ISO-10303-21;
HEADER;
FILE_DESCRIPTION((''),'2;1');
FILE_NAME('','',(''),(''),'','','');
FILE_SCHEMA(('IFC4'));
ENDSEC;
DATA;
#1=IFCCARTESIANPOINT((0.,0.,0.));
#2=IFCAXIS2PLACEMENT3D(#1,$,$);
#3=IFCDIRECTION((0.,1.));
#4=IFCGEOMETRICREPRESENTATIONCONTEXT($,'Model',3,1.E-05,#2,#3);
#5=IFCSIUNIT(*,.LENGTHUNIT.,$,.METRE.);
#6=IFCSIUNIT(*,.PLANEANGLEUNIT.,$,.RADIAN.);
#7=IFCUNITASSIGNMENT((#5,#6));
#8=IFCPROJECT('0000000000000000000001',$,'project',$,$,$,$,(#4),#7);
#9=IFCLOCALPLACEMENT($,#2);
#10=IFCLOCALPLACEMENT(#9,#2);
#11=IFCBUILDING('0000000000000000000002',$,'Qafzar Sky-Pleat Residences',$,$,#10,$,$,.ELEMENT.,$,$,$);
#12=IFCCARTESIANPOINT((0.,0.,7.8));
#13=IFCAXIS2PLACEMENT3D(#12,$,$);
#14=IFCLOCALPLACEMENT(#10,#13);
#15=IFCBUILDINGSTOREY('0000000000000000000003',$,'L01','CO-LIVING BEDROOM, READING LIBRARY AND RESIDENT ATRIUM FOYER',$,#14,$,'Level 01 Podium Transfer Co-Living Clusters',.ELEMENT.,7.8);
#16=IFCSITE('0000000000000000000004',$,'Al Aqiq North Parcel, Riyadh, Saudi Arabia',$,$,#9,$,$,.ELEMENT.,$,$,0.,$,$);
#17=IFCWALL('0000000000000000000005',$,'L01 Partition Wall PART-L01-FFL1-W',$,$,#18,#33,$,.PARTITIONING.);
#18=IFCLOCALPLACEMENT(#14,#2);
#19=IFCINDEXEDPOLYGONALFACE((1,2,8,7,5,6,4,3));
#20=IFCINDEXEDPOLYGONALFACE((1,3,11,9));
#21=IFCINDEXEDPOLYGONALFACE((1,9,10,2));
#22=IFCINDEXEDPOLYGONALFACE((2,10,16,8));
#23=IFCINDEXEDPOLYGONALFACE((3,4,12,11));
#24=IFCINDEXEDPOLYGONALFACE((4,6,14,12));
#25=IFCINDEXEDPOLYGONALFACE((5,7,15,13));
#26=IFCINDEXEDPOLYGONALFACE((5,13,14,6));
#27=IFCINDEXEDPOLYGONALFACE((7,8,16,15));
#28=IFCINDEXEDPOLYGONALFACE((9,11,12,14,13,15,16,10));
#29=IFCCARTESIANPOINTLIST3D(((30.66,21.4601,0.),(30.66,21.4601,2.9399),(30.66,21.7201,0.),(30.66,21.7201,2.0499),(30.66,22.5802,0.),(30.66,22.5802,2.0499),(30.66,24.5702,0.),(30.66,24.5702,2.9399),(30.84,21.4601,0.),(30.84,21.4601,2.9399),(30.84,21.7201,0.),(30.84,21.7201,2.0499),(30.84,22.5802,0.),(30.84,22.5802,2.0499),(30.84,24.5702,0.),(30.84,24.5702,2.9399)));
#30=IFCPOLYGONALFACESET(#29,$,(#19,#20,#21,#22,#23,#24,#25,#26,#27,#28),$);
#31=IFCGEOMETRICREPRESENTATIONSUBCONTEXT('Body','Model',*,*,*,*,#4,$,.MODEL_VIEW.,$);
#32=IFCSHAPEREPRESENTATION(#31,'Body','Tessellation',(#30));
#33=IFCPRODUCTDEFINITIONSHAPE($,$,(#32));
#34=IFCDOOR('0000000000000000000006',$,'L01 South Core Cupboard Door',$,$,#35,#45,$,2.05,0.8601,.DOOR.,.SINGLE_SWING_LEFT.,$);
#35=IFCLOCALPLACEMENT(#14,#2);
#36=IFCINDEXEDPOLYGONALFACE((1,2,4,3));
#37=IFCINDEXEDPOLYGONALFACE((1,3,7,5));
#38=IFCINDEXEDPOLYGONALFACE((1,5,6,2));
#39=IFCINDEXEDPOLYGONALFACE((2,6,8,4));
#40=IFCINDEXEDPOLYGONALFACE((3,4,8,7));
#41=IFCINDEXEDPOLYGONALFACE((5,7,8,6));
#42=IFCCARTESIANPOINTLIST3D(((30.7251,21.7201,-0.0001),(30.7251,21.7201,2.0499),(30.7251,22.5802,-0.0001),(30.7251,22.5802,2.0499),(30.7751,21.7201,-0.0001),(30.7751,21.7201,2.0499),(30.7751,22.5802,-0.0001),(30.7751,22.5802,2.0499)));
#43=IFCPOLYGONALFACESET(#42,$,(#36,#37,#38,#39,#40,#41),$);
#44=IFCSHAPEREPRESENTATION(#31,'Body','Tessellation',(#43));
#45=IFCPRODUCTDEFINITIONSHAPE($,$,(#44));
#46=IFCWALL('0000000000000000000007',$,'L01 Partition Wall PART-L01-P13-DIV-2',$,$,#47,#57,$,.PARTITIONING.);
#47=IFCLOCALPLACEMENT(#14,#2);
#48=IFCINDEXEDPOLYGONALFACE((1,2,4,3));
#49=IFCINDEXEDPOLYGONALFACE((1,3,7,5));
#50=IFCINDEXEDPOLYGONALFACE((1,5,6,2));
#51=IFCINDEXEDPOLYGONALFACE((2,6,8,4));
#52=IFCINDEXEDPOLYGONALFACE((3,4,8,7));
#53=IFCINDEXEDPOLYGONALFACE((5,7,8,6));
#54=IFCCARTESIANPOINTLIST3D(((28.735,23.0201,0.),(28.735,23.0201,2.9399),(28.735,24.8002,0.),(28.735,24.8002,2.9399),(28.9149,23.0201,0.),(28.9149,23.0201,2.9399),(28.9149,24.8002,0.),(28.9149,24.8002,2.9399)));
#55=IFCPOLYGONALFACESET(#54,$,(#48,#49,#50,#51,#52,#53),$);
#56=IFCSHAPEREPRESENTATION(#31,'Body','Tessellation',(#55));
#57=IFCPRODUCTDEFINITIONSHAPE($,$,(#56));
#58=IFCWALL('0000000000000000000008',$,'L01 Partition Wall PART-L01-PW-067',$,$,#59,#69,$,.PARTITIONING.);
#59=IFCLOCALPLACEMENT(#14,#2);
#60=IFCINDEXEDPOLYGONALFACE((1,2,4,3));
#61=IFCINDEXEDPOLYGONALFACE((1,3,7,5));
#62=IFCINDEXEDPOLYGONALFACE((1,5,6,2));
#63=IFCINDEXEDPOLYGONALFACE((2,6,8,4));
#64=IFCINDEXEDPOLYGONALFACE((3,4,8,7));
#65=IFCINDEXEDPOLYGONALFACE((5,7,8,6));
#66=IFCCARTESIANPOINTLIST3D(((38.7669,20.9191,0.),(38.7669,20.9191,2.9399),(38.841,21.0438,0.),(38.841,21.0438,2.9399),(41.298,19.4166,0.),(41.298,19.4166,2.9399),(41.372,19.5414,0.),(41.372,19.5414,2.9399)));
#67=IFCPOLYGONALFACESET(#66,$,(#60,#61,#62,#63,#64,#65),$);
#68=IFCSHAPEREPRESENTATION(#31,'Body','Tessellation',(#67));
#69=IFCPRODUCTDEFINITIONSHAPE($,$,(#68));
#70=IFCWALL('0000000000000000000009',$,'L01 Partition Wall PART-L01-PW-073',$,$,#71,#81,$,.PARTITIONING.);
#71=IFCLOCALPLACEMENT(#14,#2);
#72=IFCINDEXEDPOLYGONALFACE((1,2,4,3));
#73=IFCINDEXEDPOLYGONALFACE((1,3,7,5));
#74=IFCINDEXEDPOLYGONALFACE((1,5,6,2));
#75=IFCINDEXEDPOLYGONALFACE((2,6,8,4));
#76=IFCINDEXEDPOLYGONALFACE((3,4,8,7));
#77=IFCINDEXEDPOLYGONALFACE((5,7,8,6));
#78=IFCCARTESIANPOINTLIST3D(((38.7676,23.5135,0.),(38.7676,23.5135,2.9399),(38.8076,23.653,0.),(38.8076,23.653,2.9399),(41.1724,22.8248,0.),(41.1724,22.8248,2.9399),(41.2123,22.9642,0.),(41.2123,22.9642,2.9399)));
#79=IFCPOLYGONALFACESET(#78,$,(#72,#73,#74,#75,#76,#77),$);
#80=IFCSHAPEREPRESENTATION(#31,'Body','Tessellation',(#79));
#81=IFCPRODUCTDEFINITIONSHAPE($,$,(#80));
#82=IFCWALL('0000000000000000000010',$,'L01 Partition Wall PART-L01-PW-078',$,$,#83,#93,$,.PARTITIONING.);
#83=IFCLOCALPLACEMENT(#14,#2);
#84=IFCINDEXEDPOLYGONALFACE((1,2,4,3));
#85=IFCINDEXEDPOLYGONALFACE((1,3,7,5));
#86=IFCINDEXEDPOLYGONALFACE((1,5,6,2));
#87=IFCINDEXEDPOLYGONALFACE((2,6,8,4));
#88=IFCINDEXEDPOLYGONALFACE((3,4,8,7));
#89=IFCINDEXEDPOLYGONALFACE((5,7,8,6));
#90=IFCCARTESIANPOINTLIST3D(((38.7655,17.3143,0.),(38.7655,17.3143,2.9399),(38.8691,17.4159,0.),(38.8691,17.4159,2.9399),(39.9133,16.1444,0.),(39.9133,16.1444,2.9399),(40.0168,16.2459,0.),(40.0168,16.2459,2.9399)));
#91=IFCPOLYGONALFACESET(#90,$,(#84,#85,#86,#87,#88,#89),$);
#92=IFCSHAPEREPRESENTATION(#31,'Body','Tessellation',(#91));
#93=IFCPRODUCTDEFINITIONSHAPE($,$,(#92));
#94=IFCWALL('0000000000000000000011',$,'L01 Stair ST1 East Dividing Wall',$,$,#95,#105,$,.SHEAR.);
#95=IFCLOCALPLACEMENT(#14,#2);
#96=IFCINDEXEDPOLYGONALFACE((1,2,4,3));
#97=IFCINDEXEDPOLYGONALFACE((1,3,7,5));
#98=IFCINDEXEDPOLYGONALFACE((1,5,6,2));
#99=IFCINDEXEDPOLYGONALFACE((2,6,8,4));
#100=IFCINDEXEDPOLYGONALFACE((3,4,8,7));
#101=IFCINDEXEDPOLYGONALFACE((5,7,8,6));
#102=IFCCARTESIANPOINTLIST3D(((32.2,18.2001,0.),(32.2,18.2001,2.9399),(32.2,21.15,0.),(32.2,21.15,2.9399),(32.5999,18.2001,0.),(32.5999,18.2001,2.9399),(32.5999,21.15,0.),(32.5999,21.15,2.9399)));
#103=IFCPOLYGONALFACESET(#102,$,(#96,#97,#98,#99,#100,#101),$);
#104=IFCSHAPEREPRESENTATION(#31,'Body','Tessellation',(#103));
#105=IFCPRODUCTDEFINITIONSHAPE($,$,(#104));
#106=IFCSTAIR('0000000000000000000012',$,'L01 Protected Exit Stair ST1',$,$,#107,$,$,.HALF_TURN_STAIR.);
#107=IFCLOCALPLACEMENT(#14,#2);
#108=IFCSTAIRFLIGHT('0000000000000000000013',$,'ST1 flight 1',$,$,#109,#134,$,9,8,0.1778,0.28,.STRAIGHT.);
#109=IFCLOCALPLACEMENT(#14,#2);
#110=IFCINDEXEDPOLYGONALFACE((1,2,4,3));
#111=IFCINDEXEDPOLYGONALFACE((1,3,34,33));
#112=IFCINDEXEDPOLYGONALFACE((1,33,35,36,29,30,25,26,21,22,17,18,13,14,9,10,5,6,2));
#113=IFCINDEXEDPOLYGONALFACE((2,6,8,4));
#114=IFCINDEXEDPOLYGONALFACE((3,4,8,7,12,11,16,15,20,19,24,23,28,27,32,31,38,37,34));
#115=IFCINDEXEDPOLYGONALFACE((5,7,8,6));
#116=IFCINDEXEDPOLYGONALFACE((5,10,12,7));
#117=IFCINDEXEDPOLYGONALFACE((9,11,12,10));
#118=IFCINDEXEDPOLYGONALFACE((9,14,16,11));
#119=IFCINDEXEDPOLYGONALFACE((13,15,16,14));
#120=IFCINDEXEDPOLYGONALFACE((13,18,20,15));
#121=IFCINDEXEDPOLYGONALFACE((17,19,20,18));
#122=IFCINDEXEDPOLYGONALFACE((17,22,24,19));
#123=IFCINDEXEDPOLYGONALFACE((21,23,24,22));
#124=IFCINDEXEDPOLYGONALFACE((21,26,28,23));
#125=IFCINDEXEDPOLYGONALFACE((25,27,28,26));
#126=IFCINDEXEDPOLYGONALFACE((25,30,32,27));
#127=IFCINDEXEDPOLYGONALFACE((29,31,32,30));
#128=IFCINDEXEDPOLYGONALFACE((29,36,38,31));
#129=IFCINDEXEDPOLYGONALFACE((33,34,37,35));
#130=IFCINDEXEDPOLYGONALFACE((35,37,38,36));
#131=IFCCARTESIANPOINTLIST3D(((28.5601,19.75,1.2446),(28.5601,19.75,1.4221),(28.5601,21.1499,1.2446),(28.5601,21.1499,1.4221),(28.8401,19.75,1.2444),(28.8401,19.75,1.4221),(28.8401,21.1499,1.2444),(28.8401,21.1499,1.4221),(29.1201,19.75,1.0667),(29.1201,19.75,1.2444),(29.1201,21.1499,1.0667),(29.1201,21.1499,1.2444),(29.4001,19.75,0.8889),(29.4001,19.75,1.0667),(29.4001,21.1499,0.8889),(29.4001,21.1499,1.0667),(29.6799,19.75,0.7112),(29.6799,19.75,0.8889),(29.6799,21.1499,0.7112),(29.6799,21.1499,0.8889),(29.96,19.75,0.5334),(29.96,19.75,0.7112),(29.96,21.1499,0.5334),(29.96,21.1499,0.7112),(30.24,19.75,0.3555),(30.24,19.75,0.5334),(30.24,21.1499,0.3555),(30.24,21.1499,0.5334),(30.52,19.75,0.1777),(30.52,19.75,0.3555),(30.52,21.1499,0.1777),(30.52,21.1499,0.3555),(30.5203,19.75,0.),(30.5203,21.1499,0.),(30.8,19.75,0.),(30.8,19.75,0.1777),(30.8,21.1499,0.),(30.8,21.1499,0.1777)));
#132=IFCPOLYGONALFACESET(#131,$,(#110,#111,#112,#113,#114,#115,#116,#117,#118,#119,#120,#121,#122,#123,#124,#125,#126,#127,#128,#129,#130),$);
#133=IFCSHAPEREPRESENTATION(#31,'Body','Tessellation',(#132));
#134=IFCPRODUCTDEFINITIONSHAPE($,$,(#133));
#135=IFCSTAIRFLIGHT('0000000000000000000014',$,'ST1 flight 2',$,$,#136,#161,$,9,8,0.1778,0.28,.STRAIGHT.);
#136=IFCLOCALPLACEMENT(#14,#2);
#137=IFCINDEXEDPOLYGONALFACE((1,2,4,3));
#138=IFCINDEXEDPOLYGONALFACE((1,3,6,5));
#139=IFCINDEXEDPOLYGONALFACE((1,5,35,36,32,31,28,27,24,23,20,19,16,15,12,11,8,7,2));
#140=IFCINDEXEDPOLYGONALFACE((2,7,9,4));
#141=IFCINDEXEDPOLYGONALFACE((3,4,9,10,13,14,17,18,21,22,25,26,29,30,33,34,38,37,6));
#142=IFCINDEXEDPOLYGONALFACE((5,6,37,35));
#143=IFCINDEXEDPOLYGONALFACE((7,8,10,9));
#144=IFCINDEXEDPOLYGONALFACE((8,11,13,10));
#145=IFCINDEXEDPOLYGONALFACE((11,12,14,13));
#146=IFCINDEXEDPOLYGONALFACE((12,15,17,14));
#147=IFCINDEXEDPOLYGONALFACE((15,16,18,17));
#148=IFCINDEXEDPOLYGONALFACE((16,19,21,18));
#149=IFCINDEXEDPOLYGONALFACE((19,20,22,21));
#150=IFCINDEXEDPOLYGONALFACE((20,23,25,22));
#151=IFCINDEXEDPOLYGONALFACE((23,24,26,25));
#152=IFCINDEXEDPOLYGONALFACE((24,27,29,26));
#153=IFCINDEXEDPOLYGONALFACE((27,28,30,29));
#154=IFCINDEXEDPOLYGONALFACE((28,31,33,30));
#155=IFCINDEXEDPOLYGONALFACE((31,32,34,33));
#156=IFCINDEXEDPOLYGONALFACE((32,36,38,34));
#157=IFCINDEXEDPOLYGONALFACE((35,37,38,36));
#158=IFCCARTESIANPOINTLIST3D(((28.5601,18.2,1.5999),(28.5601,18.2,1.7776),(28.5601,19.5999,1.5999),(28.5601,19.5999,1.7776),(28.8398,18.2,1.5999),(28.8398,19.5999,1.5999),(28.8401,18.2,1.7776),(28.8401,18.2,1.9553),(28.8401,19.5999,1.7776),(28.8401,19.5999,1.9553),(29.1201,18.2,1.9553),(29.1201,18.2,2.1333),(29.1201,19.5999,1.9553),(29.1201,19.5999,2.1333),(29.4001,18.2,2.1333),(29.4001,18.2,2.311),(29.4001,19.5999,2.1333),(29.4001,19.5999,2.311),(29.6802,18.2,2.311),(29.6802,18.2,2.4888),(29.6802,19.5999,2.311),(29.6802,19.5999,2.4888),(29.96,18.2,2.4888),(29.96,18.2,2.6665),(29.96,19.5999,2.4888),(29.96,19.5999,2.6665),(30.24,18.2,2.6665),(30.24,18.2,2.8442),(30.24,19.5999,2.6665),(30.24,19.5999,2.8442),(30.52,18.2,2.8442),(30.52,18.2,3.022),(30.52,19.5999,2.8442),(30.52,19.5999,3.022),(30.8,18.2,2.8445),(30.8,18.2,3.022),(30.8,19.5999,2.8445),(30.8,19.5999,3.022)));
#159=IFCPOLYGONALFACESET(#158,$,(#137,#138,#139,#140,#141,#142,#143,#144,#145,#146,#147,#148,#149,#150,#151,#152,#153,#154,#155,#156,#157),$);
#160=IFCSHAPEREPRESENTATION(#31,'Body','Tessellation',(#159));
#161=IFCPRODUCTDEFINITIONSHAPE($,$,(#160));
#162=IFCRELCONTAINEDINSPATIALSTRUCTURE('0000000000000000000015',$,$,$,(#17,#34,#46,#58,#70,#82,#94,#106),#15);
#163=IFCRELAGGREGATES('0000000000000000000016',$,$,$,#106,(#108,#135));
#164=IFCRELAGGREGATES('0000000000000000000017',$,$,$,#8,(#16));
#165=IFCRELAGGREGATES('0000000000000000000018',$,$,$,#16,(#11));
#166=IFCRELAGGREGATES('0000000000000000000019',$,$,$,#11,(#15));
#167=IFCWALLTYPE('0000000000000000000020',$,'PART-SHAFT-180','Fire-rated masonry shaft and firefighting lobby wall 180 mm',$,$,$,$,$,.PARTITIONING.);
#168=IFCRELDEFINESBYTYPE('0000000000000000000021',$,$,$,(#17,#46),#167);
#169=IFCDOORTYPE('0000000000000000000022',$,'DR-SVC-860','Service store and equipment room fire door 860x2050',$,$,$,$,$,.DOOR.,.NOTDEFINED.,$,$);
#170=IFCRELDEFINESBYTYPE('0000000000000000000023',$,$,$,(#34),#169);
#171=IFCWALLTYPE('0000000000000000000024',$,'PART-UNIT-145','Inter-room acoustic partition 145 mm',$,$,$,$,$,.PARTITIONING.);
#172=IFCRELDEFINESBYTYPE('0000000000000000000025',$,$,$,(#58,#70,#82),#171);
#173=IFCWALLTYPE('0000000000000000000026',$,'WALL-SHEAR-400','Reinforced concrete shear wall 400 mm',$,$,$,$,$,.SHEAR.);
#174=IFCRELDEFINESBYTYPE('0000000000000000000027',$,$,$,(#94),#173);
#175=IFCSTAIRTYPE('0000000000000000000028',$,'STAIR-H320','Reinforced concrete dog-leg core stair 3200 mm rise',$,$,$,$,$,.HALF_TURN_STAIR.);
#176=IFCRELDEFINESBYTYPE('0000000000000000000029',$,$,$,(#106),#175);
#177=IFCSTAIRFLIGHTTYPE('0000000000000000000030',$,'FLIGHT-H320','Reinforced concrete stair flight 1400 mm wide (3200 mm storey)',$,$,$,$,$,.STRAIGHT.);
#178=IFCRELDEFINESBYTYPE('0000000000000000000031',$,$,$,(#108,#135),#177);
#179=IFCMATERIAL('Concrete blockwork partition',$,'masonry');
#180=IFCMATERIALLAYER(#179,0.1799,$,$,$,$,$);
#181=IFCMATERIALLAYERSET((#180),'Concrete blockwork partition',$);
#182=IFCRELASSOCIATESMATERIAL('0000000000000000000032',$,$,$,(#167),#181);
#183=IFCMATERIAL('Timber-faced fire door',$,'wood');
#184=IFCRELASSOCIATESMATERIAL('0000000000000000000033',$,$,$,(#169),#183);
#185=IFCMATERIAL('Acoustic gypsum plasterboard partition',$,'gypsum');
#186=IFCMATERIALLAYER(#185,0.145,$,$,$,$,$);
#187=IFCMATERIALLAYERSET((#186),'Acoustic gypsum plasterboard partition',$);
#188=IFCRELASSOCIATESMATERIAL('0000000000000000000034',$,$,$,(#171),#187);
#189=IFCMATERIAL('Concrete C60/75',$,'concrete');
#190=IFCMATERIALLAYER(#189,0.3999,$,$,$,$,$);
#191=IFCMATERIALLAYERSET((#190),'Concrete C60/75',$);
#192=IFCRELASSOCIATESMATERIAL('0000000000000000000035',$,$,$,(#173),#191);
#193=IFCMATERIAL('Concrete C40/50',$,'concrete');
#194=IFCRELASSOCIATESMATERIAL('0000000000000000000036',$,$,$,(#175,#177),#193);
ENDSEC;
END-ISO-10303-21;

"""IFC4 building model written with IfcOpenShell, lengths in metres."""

from ifc_helpers import new_model, si_unit, direction, frame, frame_2d, origin, place, context, subcontext, project, spatial, polyline, rectangle, outline, extrude, source, transform, mapped, material, layer, layer_set, type_object, element, fill, aggregate, save


model = new_model("IFC4")

# Units and contexts
model_context = context("Model", 3, precision=1e-05, world=origin(), true_north=direction((0.0, 1.0)))
body_context = subcontext(model_context, "Body", "Model", "MODEL_VIEW")
ifc_project = project(units=[si_unit("LENGTHUNIT", "METRE"), si_unit("PLANEANGLEUNIT", "RADIAN")], contexts=[model_context])

# Site, building, storey
site_placement = place(None, origin())
site = spatial("IfcSite", under=ifc_project, at=site_placement, Name="Al Aqiq North Parcel, Riyadh, Saudi Arabia", CompositionType="ELEMENT", RefElevation=0.0)
building_placement = place(site_placement, origin())
building = spatial("IfcBuilding", under=site, at=building_placement, Name="Qafzar Sky-Pleat Residences", CompositionType="ELEMENT")
storey_placement = place(building_placement, frame((0.0, 0.0, 7.8)))
storey = spatial("IfcBuildingStorey", under=building, at=storey_placement, Name="L01", Description="CO-LIVING BEDROOM, READING LIBRARY AND RESIDENT ATRIUM FOYER", LongName="Level 01 Podium Transfer Co-Living Clusters", CompositionType="ELEMENT", Elevation=7.8)

# Wall, opening, door
ifc_material_1 = material(Name="Acoustic gypsum plasterboard partition", Category="gypsum")
ifc_material_2 = material(Name="Timber-faced fire door", Category="wood")
ifc_material_3 = material(Name="Concrete blockwork partition", Category="masonry")
ifc_layer_1 = layer(ifc_material_3, 0.1799)
ifc_layer_set_1 = layer_set([ifc_layer_1], Name="Concrete blockwork partition")
wall_type_1 = type_object("IfcWallType", Name="PART-SHAFT-180", Description="Fire-rated masonry shaft and firefighting lobby wall 180 mm", PredefinedType="PARTITIONING", material=ifc_layer_set_1)
wall_1_placement = place(storey_placement, frame((30.75, 21.46, 0.0), z_axis=(0.0, 0.0, 1.0), x_axis=(0.0, 1.0, 0.0)))
wall_1 = element("IfcWall", 1, at=wall_1_placement, inside=storey, type_object=wall_type_1, Name="L01 Partition Wall PART-L01-FFL1-W", PredefinedType="PARTITIONING", context=body_context, shape_type="SweptSolid", body=[
    extrude(rectangle(XDim=3.1101, YDim=0.1799, at=frame_2d((1.5552, 0.0))), origin(), (0.0, 0.0, 1.0), 2.9399),
])
opening_1_placement = place(wall_1_placement, frame((0.26, 0.0, 0.0)))
opening_1 = element("IfcOpeningElement", 2, at=opening_1_placement, cuts=wall_1, PredefinedType="OPENING", context=body_context, shape_type="SweptSolid", body=[
    extrude(rectangle(XDim=0.8601, YDim=2.05, at=frame_2d((0.4302, 1.0249))), frame((0.0, 0.1001, 0.0), z_axis=(0.0, -1.0, 0.0), x_axis=(1.0, 0.0, 0.0)), (0.0, 0.0, 1.0), 0.2),
])
door_type_1 = type_object("IfcDoorType", Name="DR-SVC-860", Description="Service store and equipment room fire door 860x2050", OperationType="NOTDEFINED", PredefinedType="DOOR", material=ifc_material_2)
shared_shape_1 = source(origin(), body_context, "Body", "SweptSolid", [
    extrude(rectangle(XDim=0.8601, YDim=2.05, at=frame_2d((0.4302, 1.0249))), frame((0.0, 0.0249, 0.0), z_axis=(0.0, -1.0, 0.0), x_axis=(1.0, 0.0, 0.0)), (0.0, 0.0, 1.0), 0.05),
])
door_1_placement = place(opening_1_placement, origin())
door_1 = element("IfcDoor", 3, at=door_1_placement, inside=storey, type_object=door_type_1, Name="L01 South Core Cupboard Door", OperationType="SINGLE_SWING_LEFT", OverallHeight=2.05, OverallWidth=0.8601, PredefinedType="DOOR", context=body_context, shape_type="MappedRepresentation", body=[
    mapped(shared_shape_1, transform((0.0, 0.0, 0.0), x_axis=(1.0, 0.0, 0.0), y_axis=(0.0, 1.0, 0.0), z_axis=(0.0, 0.0, 1.0), scale=1.0)),
])
fill(opening_1, door_1)

# Walls
wall_2_placement = place(storey_placement, frame((28.825, 23.02, 0.0), z_axis=(0.0, 0.0, 1.0), x_axis=(0.0, 1.0, 0.0)))
element("IfcWall", 4, at=wall_2_placement, inside=storey, type_object=wall_type_1, Name="L01 Partition Wall PART-L01-P13-DIV-2", PredefinedType="PARTITIONING", context=body_context, shape_type="SweptSolid", body=[
    extrude(rectangle(XDim=1.78, YDim=0.1799, at=frame_2d((0.8901, 0.0))), origin(), (0.0, 0.0, 1.0), 2.9399),
])
ifc_layer_2 = layer(ifc_material_1, 0.145)
ifc_layer_set_2 = layer_set([ifc_layer_2], Name="Acoustic gypsum plasterboard partition")
wall_type_2 = type_object("IfcWallType", Name="PART-UNIT-145", Description="Inter-room acoustic partition 145 mm", PredefinedType="PARTITIONING", material=ifc_layer_set_2)
wall_3_placement = place(storey_placement, frame((38.804, 20.9814, 0.0), z_axis=(0.0, 0.0, 1.0), x_axis=(0.859906, -0.510453, 0.0)))
element("IfcWall", 5, at=wall_3_placement, inside=storey, type_object=wall_type_2, Name="L01 Partition Wall PART-L01-PW-067", PredefinedType="PARTITIONING", context=body_context, shape_type="SweptSolid", body=[
    extrude(rectangle(XDim=2.9434, YDim=0.145, at=frame_2d((1.4717, 0.0))), origin(), (0.0, 0.0, 1.0), 2.9399),
])
wall_4_placement = place(storey_placement, frame((38.7876, 23.5833, 0.0), z_axis=(0.0, 0.0, 1.0), x_axis=(0.961351, -0.275327, 0.0)))
element("IfcWall", 6, at=wall_4_placement, inside=storey, type_object=wall_type_2, Name="L01 Partition Wall PART-L01-PW-073", PredefinedType="PARTITIONING", context=body_context, shape_type="SweptSolid", body=[
    extrude(rectangle(XDim=2.5015, YDim=0.145, at=frame_2d((1.2507, 0.0))), origin(), (0.0, 0.0, 1.0), 2.9399),
])
wall_5_placement = place(storey_placement, frame((38.8174, 17.365, 0.0), z_axis=(0.0, 0.0, 1.0), x_axis=(0.700296, -0.713852, 0.0)))
element("IfcWall", 7, at=wall_5_placement, inside=storey, type_object=wall_type_2, Name="L01 Partition Wall PART-L01-PW-078", PredefinedType="PARTITIONING", context=body_context, shape_type="SweptSolid", body=[
    extrude(rectangle(XDim=1.6389, YDim=0.145, at=frame_2d((0.8193, 0.0))), origin(), (0.0, 0.0, 1.0), 2.9399),
])
ifc_material_4 = material(Name="Concrete C60/75", Category="concrete")
ifc_layer_3 = layer(ifc_material_4, 0.3999)
ifc_layer_set_3 = layer_set([ifc_layer_3], Name="Concrete C60/75")
wall_type_3 = type_object("IfcWallType", Name="WALL-SHEAR-400", Description="Reinforced concrete shear wall 400 mm", PredefinedType="SHEAR", material=ifc_layer_set_3)
wall_6_placement = place(storey_placement, frame((32.3999, 18.2, 0.0), z_axis=(0.0, 0.0, 1.0), x_axis=(0.0, 1.0, 0.0)))
element("IfcWall", 8, at=wall_6_placement, inside=storey, type_object=wall_type_3, Name="L01 Stair ST1 East Dividing Wall", PredefinedType="SHEAR", context=body_context, shape_type="SweptSolid", body=[
    extrude(rectangle(XDim=2.95, YDim=0.3999, at=frame_2d((1.4751, 0.0))), origin(), (0.0, 0.0, 1.0), 2.9399),
])

# Stair, stair flights
ifc_material_5 = material(Name="Concrete C40/50", Category="concrete")
stair_type = type_object("IfcStairType", Name="STAIR-H320", Description="Reinforced concrete dog-leg core stair 3200 mm rise", PredefinedType="HALF_TURN_STAIR", material=ifc_material_5)
stair_placement = place(storey_placement, origin())
stair = element("IfcStair", 9, at=stair_placement, inside=storey, type_object=stair_type, Name="L01 Protected Exit Stair ST1", PredefinedType="HALF_TURN_STAIR")
stair_flight_type = type_object("IfcStairFlightType", Name="FLIGHT-H320", Description="Reinforced concrete stair flight 1400 mm wide (3200 mm storey)", PredefinedType="STRAIGHT", material=ifc_material_5)
shared_shape_2 = source(origin(), body_context, "Body", "SweptSolid", [
    extrude(outline(polyline([(0.0, 0.0), (0.0, 0.1777), (0.28, 0.1777), (0.28, 0.3555), (0.5601, 0.3555), (0.5601, 0.5334), (0.8401, 0.5334), (0.8401, 0.7112), (1.1201, 0.7112), (1.1201, 0.8889), (1.3999, 0.8889), (1.3999, 1.0667), (1.6799, 1.0667), (1.6799, 1.2444), (1.96, 1.2444), (1.96, 1.4221), (2.24, 1.4221), (2.24, 1.6001), (2.24, 1.2446), (0.2798, 0.0), (0.0, 0.0)])), frame((0.0, 0.7, 0.0), z_axis=(0.0, -1.0, 0.0), x_axis=(1.0, 0.0, 0.0)), (0.0, 0.0, 1.0), 1.3999),
])
stair_flight_1_placement = place(storey_placement, frame((30.8, 20.45, 0.0), z_axis=(0.0, 0.0, 1.0), x_axis=(-1.0, 0.0, 0.0)))
stair_flight_1 = element("IfcStairFlight", 10, at=stair_flight_1_placement, type_object=stair_flight_type, Name="ST1 flight 1", NumberOfRisers=9, NumberOfTreads=8, PredefinedType="STRAIGHT", RiserHeight=0.1778, TreadLength=0.28, context=body_context, shape_type="MappedRepresentation", body=[
    mapped(shared_shape_2, transform((0.0, 0.0, 0.0), x_axis=(1.0, 0.0, 0.0), y_axis=(0.0, 1.0, 0.0), z_axis=(0.0, 0.0, 1.0), scale=1.0)),
])
stair_flight_2_placement = place(storey_placement, frame((28.5601, 18.8999, 1.5999), z_axis=(0.0, 0.0, 1.0), x_axis=(1.0, 0.0, 0.0)))
stair_flight_2 = element("IfcStairFlight", 11, at=stair_flight_2_placement, type_object=stair_flight_type, Name="ST1 flight 2", NumberOfRisers=9, NumberOfTreads=8, PredefinedType="STRAIGHT", RiserHeight=0.1778, TreadLength=0.28, context=body_context, shape_type="MappedRepresentation", body=[
    mapped(shared_shape_2, transform((0.0, 0.0, 0.0), x_axis=(1.0, 0.0, 0.0), y_axis=(0.0, 1.0, 0.0), z_axis=(0.0, 0.0, 1.0), scale=1.0)),
])
aggregate(stair, [stair_flight_1, stair_flight_2])

save(model, "model.ifc")
